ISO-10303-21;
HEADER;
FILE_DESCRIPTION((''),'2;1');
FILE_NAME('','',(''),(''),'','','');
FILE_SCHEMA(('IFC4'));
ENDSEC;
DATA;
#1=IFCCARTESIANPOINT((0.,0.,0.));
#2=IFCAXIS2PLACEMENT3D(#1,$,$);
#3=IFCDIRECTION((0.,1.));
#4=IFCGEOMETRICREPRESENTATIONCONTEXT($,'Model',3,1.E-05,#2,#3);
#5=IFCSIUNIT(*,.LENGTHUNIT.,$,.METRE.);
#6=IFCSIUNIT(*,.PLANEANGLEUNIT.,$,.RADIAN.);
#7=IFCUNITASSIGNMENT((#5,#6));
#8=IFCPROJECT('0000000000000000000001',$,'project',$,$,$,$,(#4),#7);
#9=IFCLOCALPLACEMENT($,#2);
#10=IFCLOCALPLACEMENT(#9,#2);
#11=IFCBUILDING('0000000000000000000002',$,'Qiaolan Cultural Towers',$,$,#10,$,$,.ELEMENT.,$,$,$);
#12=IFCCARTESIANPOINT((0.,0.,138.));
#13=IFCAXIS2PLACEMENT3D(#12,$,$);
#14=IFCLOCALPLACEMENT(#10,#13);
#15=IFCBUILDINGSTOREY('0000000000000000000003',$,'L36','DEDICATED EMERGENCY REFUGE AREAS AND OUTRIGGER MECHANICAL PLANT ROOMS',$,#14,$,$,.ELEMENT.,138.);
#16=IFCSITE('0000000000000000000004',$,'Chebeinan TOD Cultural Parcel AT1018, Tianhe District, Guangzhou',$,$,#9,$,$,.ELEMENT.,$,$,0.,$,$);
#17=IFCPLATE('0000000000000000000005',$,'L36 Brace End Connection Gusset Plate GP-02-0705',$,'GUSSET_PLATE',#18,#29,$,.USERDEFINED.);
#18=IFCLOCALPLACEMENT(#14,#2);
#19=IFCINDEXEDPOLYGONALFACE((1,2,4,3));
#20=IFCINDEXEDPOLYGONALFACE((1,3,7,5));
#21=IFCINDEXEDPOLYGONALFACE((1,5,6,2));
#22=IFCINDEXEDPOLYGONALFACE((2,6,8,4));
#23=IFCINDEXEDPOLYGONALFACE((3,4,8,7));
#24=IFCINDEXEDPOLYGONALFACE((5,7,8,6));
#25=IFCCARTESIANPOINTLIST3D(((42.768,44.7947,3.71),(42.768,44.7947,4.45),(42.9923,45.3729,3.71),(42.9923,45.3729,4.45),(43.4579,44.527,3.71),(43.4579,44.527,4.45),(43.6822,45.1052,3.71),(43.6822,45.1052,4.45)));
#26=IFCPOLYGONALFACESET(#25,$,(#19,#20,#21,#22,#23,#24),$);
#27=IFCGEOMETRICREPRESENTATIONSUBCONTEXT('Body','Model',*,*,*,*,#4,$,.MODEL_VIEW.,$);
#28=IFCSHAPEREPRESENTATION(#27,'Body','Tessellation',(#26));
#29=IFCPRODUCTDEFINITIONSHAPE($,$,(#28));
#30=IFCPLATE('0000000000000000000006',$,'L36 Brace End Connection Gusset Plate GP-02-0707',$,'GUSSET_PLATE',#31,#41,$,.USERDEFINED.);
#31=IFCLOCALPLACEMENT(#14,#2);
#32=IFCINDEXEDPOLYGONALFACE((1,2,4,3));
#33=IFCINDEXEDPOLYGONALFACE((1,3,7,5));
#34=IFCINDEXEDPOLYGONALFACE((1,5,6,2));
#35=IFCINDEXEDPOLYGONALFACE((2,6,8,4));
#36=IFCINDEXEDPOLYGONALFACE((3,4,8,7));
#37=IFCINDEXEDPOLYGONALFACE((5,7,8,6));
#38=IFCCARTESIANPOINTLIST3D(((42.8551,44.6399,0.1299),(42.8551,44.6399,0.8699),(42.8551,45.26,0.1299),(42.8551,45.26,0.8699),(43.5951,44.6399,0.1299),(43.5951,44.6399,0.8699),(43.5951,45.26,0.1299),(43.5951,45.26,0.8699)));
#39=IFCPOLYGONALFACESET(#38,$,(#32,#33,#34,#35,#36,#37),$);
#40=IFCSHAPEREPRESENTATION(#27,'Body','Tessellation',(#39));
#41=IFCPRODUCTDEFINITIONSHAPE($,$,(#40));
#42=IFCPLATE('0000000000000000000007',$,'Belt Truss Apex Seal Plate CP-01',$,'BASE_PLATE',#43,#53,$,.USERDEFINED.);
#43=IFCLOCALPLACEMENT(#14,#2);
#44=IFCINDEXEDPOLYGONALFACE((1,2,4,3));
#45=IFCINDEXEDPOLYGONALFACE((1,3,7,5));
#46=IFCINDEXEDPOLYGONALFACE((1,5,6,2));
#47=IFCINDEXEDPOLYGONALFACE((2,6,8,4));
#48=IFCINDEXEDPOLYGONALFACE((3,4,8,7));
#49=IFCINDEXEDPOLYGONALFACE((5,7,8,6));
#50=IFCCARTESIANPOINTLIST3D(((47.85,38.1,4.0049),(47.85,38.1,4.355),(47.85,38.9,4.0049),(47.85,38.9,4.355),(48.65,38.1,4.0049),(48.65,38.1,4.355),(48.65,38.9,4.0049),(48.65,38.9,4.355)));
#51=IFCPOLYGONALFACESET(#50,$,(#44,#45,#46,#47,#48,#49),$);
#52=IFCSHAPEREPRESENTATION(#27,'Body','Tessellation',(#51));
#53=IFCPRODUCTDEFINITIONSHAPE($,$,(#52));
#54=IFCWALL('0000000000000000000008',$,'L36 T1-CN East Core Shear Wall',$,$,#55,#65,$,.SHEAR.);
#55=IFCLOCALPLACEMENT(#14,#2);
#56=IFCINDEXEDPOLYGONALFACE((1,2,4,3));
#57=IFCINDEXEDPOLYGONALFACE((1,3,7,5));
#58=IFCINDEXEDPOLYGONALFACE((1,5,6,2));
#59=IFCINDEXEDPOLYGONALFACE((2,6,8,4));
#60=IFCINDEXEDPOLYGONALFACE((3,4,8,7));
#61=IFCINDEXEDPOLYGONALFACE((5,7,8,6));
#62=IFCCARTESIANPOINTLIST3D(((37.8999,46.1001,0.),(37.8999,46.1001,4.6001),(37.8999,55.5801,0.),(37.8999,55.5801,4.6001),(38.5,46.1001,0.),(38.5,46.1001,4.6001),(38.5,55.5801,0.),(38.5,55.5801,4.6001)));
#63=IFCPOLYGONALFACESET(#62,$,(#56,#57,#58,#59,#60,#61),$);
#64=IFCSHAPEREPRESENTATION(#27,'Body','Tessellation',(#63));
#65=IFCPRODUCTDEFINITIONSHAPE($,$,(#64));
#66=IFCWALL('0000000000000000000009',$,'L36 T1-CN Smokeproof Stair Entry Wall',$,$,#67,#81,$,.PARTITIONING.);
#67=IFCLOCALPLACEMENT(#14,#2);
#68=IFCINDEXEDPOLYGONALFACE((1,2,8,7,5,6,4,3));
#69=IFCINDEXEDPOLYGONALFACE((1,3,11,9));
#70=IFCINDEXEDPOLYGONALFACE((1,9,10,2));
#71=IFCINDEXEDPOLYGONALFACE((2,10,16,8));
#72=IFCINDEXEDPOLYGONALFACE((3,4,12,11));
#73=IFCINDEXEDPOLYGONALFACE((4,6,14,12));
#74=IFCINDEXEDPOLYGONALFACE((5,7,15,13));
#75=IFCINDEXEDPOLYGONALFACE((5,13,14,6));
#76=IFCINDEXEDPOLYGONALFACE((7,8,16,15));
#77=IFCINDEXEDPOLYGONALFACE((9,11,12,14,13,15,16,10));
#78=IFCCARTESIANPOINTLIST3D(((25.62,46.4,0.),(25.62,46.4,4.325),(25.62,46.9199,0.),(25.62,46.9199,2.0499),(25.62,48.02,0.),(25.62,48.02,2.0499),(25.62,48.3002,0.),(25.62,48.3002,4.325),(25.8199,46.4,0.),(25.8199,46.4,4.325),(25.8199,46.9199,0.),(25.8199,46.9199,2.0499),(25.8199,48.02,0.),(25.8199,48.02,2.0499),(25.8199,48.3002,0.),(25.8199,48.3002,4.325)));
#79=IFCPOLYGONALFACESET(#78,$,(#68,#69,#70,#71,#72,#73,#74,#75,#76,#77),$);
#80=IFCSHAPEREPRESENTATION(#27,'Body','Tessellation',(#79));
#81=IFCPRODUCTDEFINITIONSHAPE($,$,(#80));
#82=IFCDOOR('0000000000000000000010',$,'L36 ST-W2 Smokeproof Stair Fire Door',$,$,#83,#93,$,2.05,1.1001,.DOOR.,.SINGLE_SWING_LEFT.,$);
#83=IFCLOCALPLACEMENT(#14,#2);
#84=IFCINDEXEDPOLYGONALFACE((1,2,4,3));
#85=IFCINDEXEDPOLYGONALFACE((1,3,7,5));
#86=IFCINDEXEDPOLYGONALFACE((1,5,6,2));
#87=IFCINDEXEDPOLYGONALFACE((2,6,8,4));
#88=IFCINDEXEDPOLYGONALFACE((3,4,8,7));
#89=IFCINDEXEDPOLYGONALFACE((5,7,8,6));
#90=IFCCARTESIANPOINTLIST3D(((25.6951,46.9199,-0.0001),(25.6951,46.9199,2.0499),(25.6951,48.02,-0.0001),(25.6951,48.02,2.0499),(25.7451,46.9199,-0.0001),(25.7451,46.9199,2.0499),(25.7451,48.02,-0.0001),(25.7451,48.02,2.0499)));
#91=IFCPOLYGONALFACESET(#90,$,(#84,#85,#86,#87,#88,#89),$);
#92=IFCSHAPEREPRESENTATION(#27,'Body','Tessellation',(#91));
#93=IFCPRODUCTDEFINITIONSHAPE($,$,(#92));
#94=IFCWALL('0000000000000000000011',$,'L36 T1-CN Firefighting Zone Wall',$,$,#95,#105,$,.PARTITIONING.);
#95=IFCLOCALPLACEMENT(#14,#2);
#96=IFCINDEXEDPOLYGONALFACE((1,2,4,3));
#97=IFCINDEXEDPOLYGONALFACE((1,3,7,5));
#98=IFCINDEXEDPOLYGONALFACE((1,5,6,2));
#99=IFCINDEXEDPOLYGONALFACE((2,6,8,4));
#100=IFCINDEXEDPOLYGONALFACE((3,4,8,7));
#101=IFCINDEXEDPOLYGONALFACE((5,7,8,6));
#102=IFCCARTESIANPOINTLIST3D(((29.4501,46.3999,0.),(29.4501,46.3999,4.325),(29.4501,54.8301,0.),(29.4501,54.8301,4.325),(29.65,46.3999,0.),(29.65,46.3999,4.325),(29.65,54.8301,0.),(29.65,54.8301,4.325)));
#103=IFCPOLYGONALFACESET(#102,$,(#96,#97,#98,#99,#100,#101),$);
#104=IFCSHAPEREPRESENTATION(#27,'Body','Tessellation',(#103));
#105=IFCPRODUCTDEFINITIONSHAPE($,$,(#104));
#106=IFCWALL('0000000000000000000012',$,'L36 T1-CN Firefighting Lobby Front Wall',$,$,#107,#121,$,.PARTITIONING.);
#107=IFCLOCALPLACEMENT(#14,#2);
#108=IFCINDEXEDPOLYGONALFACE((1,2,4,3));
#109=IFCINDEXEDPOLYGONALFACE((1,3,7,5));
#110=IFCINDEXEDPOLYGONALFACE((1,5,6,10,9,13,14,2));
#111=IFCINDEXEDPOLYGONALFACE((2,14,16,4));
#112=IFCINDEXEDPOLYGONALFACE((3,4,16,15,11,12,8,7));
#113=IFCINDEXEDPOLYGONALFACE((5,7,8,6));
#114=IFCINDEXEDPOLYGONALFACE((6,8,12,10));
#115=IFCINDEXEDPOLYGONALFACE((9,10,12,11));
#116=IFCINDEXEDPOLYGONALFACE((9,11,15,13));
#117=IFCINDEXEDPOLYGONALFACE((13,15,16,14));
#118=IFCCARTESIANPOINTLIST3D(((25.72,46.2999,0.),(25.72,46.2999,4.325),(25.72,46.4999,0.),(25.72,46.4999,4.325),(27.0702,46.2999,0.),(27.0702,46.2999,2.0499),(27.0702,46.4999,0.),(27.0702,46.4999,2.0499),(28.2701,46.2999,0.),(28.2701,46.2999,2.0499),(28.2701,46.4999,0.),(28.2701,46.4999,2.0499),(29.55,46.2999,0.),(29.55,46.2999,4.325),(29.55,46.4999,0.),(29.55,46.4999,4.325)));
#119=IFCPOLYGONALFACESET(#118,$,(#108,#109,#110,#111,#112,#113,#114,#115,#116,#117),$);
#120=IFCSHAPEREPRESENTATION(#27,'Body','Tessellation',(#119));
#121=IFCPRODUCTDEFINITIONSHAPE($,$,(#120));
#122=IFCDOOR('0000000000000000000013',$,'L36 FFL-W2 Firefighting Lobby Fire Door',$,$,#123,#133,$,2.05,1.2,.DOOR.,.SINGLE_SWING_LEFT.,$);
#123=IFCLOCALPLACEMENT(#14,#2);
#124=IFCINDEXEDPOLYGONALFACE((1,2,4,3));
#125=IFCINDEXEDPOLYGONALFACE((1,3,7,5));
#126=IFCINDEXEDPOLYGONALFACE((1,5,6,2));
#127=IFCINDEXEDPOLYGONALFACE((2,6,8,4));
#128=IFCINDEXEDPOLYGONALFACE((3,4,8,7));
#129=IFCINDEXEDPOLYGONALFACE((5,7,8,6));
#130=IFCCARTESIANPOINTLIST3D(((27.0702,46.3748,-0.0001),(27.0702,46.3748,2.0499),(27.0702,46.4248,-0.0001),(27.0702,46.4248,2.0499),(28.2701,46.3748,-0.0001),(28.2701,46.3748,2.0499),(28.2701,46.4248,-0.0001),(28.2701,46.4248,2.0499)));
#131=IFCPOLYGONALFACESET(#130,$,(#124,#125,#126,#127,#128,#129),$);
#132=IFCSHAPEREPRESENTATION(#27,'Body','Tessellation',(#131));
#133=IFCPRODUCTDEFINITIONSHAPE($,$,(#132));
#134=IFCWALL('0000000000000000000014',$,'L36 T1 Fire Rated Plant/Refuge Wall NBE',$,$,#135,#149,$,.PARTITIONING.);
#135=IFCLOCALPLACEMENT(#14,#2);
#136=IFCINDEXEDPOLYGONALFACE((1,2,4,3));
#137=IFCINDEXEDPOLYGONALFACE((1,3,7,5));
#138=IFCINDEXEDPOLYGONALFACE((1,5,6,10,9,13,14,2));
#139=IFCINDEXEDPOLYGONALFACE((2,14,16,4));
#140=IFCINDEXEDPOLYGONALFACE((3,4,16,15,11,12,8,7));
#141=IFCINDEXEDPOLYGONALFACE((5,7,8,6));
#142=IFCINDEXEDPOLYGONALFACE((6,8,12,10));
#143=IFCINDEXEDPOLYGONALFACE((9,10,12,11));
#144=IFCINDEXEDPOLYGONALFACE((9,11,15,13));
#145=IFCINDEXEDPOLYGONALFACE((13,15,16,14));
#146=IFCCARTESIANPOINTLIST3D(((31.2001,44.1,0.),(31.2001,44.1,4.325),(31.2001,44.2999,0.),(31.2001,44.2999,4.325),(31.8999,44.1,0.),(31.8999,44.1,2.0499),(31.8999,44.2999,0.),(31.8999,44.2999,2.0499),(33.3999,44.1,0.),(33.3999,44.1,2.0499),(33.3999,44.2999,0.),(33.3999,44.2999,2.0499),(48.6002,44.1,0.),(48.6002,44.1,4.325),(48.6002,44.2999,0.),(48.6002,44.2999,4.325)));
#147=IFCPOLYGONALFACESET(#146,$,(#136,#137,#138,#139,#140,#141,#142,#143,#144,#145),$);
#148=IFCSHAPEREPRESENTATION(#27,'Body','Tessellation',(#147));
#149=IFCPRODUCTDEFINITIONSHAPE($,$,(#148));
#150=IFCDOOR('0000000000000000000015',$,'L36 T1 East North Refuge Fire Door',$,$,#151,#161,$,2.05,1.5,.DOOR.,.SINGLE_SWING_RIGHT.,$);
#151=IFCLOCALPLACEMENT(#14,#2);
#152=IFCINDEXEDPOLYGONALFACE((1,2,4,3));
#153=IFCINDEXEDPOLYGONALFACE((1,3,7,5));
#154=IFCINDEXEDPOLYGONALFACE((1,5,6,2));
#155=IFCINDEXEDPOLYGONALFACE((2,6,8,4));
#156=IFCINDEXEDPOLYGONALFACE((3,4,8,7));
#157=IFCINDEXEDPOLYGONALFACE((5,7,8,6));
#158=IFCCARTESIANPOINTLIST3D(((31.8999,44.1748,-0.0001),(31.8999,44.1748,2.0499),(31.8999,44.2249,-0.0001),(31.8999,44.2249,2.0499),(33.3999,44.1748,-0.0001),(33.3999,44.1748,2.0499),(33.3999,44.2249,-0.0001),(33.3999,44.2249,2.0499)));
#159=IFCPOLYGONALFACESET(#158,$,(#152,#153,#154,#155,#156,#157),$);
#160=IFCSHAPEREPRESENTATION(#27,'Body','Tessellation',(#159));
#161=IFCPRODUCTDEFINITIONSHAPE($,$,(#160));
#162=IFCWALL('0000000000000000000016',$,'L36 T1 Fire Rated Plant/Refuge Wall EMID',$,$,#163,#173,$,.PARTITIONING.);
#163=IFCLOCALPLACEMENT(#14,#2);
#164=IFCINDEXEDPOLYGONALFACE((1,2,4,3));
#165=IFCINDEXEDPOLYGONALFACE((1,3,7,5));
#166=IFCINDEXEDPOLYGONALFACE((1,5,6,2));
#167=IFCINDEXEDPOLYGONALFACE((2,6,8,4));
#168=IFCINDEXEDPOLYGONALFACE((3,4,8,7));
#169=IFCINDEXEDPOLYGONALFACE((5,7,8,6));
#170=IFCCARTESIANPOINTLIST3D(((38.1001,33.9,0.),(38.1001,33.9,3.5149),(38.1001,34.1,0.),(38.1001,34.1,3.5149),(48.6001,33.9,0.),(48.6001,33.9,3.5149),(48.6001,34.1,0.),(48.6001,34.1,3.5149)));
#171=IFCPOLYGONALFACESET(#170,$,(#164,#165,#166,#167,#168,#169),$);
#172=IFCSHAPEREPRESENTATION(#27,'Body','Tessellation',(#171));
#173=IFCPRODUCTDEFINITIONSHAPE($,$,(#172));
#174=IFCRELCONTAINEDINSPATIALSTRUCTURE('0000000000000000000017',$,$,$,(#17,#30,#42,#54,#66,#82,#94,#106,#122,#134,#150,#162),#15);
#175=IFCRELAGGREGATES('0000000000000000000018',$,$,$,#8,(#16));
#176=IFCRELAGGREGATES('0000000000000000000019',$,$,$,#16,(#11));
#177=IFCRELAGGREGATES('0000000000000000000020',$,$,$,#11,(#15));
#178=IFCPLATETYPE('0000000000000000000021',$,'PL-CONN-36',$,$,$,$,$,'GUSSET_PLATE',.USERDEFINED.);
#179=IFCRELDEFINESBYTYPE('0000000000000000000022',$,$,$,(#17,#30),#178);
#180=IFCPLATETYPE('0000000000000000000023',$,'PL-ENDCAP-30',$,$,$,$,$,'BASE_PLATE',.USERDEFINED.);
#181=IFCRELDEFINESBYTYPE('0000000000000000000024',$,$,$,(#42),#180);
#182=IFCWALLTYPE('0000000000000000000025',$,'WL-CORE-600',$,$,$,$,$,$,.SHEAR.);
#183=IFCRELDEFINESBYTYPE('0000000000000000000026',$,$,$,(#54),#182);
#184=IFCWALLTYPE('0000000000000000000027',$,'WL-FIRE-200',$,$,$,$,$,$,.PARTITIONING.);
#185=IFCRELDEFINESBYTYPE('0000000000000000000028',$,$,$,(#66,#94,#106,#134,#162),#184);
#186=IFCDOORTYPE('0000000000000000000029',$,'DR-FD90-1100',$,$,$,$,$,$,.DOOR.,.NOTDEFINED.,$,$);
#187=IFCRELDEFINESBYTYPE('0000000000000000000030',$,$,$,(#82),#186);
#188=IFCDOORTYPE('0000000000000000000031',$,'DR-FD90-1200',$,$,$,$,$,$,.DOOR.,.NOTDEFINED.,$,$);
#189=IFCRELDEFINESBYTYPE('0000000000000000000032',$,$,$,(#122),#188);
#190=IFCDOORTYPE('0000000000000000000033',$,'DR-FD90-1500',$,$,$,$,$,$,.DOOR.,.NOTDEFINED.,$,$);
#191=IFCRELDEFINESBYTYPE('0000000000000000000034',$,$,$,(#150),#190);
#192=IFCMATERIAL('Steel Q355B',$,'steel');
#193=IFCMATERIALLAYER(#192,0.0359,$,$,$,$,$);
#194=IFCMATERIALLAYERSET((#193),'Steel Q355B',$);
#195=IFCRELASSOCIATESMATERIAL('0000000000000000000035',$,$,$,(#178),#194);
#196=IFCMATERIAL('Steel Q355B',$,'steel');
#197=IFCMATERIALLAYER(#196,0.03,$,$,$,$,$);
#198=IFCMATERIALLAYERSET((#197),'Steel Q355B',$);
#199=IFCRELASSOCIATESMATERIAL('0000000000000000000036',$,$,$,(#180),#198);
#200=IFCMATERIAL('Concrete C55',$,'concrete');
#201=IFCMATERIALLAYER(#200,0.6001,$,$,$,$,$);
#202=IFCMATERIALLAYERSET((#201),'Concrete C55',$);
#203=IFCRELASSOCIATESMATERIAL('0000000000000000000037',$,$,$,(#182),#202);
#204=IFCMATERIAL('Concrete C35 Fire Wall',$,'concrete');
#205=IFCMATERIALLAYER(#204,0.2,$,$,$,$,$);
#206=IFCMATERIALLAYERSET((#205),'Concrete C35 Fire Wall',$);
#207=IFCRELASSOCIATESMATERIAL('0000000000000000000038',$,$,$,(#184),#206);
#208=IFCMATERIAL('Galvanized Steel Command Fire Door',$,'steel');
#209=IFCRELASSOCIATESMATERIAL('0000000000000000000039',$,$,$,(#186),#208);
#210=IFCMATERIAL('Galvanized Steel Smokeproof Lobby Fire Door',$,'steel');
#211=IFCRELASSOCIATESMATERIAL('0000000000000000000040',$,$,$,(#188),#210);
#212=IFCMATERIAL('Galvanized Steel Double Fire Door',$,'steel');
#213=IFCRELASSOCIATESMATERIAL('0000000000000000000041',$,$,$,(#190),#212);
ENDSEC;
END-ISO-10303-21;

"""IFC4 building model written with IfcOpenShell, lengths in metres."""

from ifc_helpers import new_model, si_unit, direction, frame, frame_2d, origin, origin_2d, place, context, subcontext, project, spatial, rectangle, extrude, material, layer, layer_set, type_object, element, fill, save


model = new_model("IFC4")

# Units and contexts
model_context = context("Model", 3, precision=1e-05, world=origin(), true_north=direction((0.0, 1.0)))
body_context = subcontext(model_context, "Body", "Model", "MODEL_VIEW")
ifc_project = project(units=[si_unit("LENGTHUNIT", "METRE"), si_unit("PLANEANGLEUNIT", "RADIAN")], contexts=[model_context])

# Site, building, storey
site_placement = place(None, origin())
site = spatial("IfcSite", under=ifc_project, at=site_placement, Name="Chebeinan TOD Cultural Parcel AT1018, Tianhe District, Guangzhou", CompositionType="ELEMENT", RefElevation=0.0)
building_placement = place(site_placement, origin())
building = spatial("IfcBuilding", under=site, at=building_placement, Name="Qiaolan Cultural Towers", CompositionType="ELEMENT")
storey_placement = place(building_placement, frame((0.0, 0.0, 138.0)))
storey = spatial("IfcBuildingStorey", under=building, at=storey_placement, Name="L36", Description="DEDICATED EMERGENCY REFUGE AREAS AND OUTRIGGER MECHANICAL PLANT ROOMS", CompositionType="ELEMENT", Elevation=138.0)

# Plates
ifc_material_1 = material(Name="Steel Q355B", Category="steel")
ifc_layer_1 = layer(ifc_material_1, 0.0359)
ifc_layer_set_1 = layer_set([ifc_layer_1], Name="Steel Q355B")
plate_type_1 = type_object("IfcPlateType", Name="PL-CONN-36", ElementType="GUSSET_PLATE", PredefinedType="USERDEFINED", material=ifc_layer_set_1)
for number, where, z_axis, x_axis, name in (
    (1, (43.2251, 44.95, 3.71), (0.0, 0.0, 1.0), (-0.932266, 0.361775, 0.0), "L36 Brace End Connection Gusset Plate GP-02-0705"),
    (2, (43.2251, 44.95, 0.1299), (0.0, 0.0, 1.0), (1.0, 0.0, 0.0), "L36 Brace End Connection Gusset Plate GP-02-0707"),
):
    element("IfcPlate", number, at=place(storey_placement, frame(where, z_axis=z_axis, x_axis=x_axis)), inside=storey, type_object=plate_type_1, Name=name, ObjectType="GUSSET_PLATE", PredefinedType="USERDEFINED", context=body_context, shape_type="SweptSolid", body=[
        extrude(rectangle(XDim=0.74, YDim=0.6201, at=origin_2d()), origin(), (0.0, 0.0, 1.0), 0.74),
    ])
ifc_material_2 = material(Name="Steel Q355B", Category="steel")
ifc_layer_2 = layer(ifc_material_2, 0.03)
ifc_layer_set_2 = layer_set([ifc_layer_2], Name="Steel Q355B")
plate_type_2 = type_object("IfcPlateType", Name="PL-ENDCAP-30", ElementType="BASE_PLATE", PredefinedType="USERDEFINED", material=ifc_layer_set_2)
plate_placement = place(storey_placement, frame((48.25, 38.5, 4.0049), z_axis=(0.0, 0.0, 1.0), x_axis=(1.0, 0.0, 0.0)))
element("IfcPlate", 3, at=plate_placement, inside=storey, type_object=plate_type_2, Name="Belt Truss Apex Seal Plate CP-01", ObjectType="BASE_PLATE", PredefinedType="USERDEFINED", context=body_context, shape_type="SweptSolid", body=[
    extrude(rectangle(XDim=0.8, YDim=0.8, at=origin_2d()), origin(), (0.0, 0.0, 1.0), 0.3501),
])

# Wall
ifc_material_3 = material(Name="Concrete C55", Category="concrete")
ifc_layer_3 = layer(ifc_material_3, 0.6001)
ifc_layer_set_3 = layer_set([ifc_layer_3], Name="Concrete C55")
wall_type_1 = type_object("IfcWallType", Name="WL-CORE-600", PredefinedType="SHEAR", material=ifc_layer_set_3)
wall_1_placement = place(storey_placement, frame((38.2, 46.1001, 0.0), z_axis=(0.0, 0.0, 1.0), x_axis=(0.0, 1.0, 0.0)))
element("IfcWall", 4, at=wall_1_placement, inside=storey, type_object=wall_type_1, Name="L36 T1-CN East Core Shear Wall", PredefinedType="SHEAR", context=body_context, shape_type="SweptSolid", body=[
    extrude(rectangle(XDim=9.48, YDim=0.6001, at=frame_2d((4.74, 0.0))), origin(), (0.0, 0.0, 1.0), 4.6001),
])

# Wall, opening, door
ifc_material_4 = material(Name="Concrete C35 Fire Wall", Category="concrete")
ifc_layer_4 = layer(ifc_material_4, 0.2)
ifc_layer_set_4 = layer_set([ifc_layer_4], Name="Concrete C35 Fire Wall")
wall_type_2 = type_object("IfcWallType", Name="WL-FIRE-200", PredefinedType="PARTITIONING", material=ifc_layer_set_4)
wall_2_placement = place(storey_placement, frame((25.72, 46.3999, 0.0), z_axis=(0.0, 0.0, 1.0), x_axis=(0.0, 1.0, 0.0)))
wall_2 = element("IfcWall", 5, at=wall_2_placement, inside=storey, type_object=wall_type_2, Name="L36 T1-CN Smokeproof Stair Entry Wall", PredefinedType="PARTITIONING", context=body_context, shape_type="SweptSolid", body=[
    extrude(rectangle(XDim=1.9001, YDim=0.2, at=frame_2d((0.9502, 0.0))), origin(), (0.0, 0.0, 1.0), 4.325),
])
opening_1_placement = place(wall_2_placement, frame((0.52, 0.0, 0.0)))
opening_1 = element("IfcOpeningElement", 6, at=opening_1_placement, cuts=wall_2, PredefinedType="OPENING", context=body_context, shape_type="SweptSolid", body=[
    extrude(rectangle(XDim=1.1001, YDim=2.05, at=frame_2d((0.55, 1.0249))), frame((0.0, 0.1099, 0.0), z_axis=(0.0, -1.0, 0.0), x_axis=(1.0, 0.0, 0.0)), (0.0, 0.0, 1.0), 0.22),
])
ifc_material_5 = material(Name="Galvanized Steel Command Fire Door", Category="steel")
door_type_1 = type_object("IfcDoorType", Name="DR-FD90-1100", OperationType="NOTDEFINED", PredefinedType="DOOR", material=ifc_material_5)
door_1_placement = place(opening_1_placement, origin())
door_1 = element("IfcDoor", 7, at=door_1_placement, inside=storey, type_object=door_type_1, Name="L36 ST-W2 Smokeproof Stair Fire Door", OperationType="SINGLE_SWING_LEFT", OverallHeight=2.05, OverallWidth=1.1001, PredefinedType="DOOR", context=body_context, shape_type="SweptSolid", body=[
    extrude(rectangle(XDim=1.1001, YDim=2.05, at=frame_2d((0.55, 1.0249))), frame((0.0, 0.0249, 0.0), z_axis=(0.0, -1.0, 0.0), x_axis=(1.0, 0.0, 0.0)), (0.0, 0.0, 1.0), 0.05),
])
fill(opening_1, door_1)

# Wall
wall_3_placement = place(storey_placement, frame((29.55, 46.3999, 0.0), z_axis=(0.0, 0.0, 1.0), x_axis=(0.0, 1.0, 0.0)))
element("IfcWall", 8, at=wall_3_placement, inside=storey, type_object=wall_type_2, Name="L36 T1-CN Firefighting Zone Wall", PredefinedType="PARTITIONING", context=body_context, shape_type="SweptSolid", body=[
    extrude(rectangle(XDim=8.4302, YDim=0.2, at=frame_2d((4.2151, 0.0))), origin(), (0.0, 0.0, 1.0), 4.325),
])

# Walls, openings, doors
wall_4_placement = place(storey_placement, frame((25.72, 46.3999, 0.0), z_axis=(0.0, 0.0, 1.0), x_axis=(1.0, 0.0, 0.0)))
wall_4 = element("IfcWall", 9, at=wall_4_placement, inside=storey, type_object=wall_type_2, Name="L36 T1-CN Firefighting Lobby Front Wall", PredefinedType="PARTITIONING", context=body_context, shape_type="SweptSolid", body=[
    extrude(rectangle(XDim=3.8301, YDim=0.2, at=frame_2d((1.915, 0.0))), origin(), (0.0, 0.0, 1.0), 4.325),
])
opening_2_placement = place(wall_4_placement, frame((1.3501, 0.0, 0.0)))
opening_2 = element("IfcOpeningElement", 10, at=opening_2_placement, cuts=wall_4, PredefinedType="OPENING", context=body_context, shape_type="SweptSolid", body=[
    extrude(rectangle(XDim=1.2, YDim=2.05, at=frame_2d((0.6001, 1.0249))), frame((0.0, 0.1099, 0.0), z_axis=(0.0, -1.0, 0.0), x_axis=(1.0, 0.0, 0.0)), (0.0, 0.0, 1.0), 0.22),
])
ifc_material_6 = material(Name="Galvanized Steel Smokeproof Lobby Fire Door", Category="steel")
door_type_2 = type_object("IfcDoorType", Name="DR-FD90-1200", OperationType="NOTDEFINED", PredefinedType="DOOR", material=ifc_material_6)
door_2_placement = place(opening_2_placement, origin())
door_2 = element("IfcDoor", 11, at=door_2_placement, inside=storey, type_object=door_type_2, Name="L36 FFL-W2 Firefighting Lobby Fire Door", OperationType="SINGLE_SWING_LEFT", OverallHeight=2.05, OverallWidth=1.2, PredefinedType="DOOR", context=body_context, shape_type="SweptSolid", body=[
    extrude(rectangle(XDim=1.2, YDim=2.05, at=frame_2d((0.6001, 1.0249))), frame((0.0, 0.0249, 0.0), z_axis=(0.0, -1.0, 0.0), x_axis=(1.0, 0.0, 0.0)), (0.0, 0.0, 1.0), 0.05),
])
fill(opening_2, door_2)
wall_5_placement = place(storey_placement, frame((31.2, 44.2, 0.0), z_axis=(0.0, 0.0, 1.0), x_axis=(1.0, 0.0, 0.0)))
wall_5 = element("IfcWall", 12, at=wall_5_placement, inside=storey, type_object=wall_type_2, Name="L36 T1 Fire Rated Plant/Refuge Wall NBE", PredefinedType="PARTITIONING", context=body_context, shape_type="SweptSolid", body=[
    extrude(rectangle(XDim=17.4001, YDim=0.2, at=frame_2d((8.7002, 0.0))), origin(), (0.0, 0.0, 1.0), 4.325),
])
opening_3_placement = place(wall_5_placement, frame((0.7, 0.0, 0.0)))
opening_3 = element("IfcOpeningElement", 13, at=opening_3_placement, cuts=wall_5, PredefinedType="OPENING", context=body_context, shape_type="SweptSolid", body=[
    extrude(rectangle(XDim=1.5, YDim=2.05, at=frame_2d((0.75, 1.0249))), frame((0.0, 0.1099, 0.0), z_axis=(0.0, -1.0, 0.0), x_axis=(1.0, 0.0, 0.0)), (0.0, 0.0, 1.0), 0.22),
])
ifc_material_7 = material(Name="Galvanized Steel Double Fire Door", Category="steel")
door_type_3 = type_object("IfcDoorType", Name="DR-FD90-1500", OperationType="NOTDEFINED", PredefinedType="DOOR", material=ifc_material_7)
door_3_placement = place(opening_3_placement, origin())
door_3 = element("IfcDoor", 14, at=door_3_placement, inside=storey, type_object=door_type_3, Name="L36 T1 East North Refuge Fire Door", OperationType="SINGLE_SWING_RIGHT", OverallHeight=2.05, OverallWidth=1.5, PredefinedType="DOOR", context=body_context, shape_type="SweptSolid", body=[
    extrude(rectangle(XDim=1.5, YDim=2.05, at=frame_2d((0.75, 1.0249))), frame((0.0, 0.0249, 0.0), z_axis=(0.0, -1.0, 0.0), x_axis=(1.0, 0.0, 0.0)), (0.0, 0.0, 1.0), 0.05),
])
fill(opening_3, door_3)

# Wall
wall_6_placement = place(storey_placement, frame((38.1001, 34.0, 0.0), z_axis=(0.0, 0.0, 1.0), x_axis=(1.0, 0.0, 0.0)))
element("IfcWall", 15, at=wall_6_placement, inside=storey, type_object=wall_type_2, Name="L36 T1 Fire Rated Plant/Refuge Wall EMID", PredefinedType="PARTITIONING", context=body_context, shape_type="SweptSolid", body=[
    extrude(rectangle(XDim=10.5, YDim=0.2, at=frame_2d((5.25, 0.0))), origin(), (0.0, 0.0, 1.0), 3.5149),
])

save(model, "model.ifc")
